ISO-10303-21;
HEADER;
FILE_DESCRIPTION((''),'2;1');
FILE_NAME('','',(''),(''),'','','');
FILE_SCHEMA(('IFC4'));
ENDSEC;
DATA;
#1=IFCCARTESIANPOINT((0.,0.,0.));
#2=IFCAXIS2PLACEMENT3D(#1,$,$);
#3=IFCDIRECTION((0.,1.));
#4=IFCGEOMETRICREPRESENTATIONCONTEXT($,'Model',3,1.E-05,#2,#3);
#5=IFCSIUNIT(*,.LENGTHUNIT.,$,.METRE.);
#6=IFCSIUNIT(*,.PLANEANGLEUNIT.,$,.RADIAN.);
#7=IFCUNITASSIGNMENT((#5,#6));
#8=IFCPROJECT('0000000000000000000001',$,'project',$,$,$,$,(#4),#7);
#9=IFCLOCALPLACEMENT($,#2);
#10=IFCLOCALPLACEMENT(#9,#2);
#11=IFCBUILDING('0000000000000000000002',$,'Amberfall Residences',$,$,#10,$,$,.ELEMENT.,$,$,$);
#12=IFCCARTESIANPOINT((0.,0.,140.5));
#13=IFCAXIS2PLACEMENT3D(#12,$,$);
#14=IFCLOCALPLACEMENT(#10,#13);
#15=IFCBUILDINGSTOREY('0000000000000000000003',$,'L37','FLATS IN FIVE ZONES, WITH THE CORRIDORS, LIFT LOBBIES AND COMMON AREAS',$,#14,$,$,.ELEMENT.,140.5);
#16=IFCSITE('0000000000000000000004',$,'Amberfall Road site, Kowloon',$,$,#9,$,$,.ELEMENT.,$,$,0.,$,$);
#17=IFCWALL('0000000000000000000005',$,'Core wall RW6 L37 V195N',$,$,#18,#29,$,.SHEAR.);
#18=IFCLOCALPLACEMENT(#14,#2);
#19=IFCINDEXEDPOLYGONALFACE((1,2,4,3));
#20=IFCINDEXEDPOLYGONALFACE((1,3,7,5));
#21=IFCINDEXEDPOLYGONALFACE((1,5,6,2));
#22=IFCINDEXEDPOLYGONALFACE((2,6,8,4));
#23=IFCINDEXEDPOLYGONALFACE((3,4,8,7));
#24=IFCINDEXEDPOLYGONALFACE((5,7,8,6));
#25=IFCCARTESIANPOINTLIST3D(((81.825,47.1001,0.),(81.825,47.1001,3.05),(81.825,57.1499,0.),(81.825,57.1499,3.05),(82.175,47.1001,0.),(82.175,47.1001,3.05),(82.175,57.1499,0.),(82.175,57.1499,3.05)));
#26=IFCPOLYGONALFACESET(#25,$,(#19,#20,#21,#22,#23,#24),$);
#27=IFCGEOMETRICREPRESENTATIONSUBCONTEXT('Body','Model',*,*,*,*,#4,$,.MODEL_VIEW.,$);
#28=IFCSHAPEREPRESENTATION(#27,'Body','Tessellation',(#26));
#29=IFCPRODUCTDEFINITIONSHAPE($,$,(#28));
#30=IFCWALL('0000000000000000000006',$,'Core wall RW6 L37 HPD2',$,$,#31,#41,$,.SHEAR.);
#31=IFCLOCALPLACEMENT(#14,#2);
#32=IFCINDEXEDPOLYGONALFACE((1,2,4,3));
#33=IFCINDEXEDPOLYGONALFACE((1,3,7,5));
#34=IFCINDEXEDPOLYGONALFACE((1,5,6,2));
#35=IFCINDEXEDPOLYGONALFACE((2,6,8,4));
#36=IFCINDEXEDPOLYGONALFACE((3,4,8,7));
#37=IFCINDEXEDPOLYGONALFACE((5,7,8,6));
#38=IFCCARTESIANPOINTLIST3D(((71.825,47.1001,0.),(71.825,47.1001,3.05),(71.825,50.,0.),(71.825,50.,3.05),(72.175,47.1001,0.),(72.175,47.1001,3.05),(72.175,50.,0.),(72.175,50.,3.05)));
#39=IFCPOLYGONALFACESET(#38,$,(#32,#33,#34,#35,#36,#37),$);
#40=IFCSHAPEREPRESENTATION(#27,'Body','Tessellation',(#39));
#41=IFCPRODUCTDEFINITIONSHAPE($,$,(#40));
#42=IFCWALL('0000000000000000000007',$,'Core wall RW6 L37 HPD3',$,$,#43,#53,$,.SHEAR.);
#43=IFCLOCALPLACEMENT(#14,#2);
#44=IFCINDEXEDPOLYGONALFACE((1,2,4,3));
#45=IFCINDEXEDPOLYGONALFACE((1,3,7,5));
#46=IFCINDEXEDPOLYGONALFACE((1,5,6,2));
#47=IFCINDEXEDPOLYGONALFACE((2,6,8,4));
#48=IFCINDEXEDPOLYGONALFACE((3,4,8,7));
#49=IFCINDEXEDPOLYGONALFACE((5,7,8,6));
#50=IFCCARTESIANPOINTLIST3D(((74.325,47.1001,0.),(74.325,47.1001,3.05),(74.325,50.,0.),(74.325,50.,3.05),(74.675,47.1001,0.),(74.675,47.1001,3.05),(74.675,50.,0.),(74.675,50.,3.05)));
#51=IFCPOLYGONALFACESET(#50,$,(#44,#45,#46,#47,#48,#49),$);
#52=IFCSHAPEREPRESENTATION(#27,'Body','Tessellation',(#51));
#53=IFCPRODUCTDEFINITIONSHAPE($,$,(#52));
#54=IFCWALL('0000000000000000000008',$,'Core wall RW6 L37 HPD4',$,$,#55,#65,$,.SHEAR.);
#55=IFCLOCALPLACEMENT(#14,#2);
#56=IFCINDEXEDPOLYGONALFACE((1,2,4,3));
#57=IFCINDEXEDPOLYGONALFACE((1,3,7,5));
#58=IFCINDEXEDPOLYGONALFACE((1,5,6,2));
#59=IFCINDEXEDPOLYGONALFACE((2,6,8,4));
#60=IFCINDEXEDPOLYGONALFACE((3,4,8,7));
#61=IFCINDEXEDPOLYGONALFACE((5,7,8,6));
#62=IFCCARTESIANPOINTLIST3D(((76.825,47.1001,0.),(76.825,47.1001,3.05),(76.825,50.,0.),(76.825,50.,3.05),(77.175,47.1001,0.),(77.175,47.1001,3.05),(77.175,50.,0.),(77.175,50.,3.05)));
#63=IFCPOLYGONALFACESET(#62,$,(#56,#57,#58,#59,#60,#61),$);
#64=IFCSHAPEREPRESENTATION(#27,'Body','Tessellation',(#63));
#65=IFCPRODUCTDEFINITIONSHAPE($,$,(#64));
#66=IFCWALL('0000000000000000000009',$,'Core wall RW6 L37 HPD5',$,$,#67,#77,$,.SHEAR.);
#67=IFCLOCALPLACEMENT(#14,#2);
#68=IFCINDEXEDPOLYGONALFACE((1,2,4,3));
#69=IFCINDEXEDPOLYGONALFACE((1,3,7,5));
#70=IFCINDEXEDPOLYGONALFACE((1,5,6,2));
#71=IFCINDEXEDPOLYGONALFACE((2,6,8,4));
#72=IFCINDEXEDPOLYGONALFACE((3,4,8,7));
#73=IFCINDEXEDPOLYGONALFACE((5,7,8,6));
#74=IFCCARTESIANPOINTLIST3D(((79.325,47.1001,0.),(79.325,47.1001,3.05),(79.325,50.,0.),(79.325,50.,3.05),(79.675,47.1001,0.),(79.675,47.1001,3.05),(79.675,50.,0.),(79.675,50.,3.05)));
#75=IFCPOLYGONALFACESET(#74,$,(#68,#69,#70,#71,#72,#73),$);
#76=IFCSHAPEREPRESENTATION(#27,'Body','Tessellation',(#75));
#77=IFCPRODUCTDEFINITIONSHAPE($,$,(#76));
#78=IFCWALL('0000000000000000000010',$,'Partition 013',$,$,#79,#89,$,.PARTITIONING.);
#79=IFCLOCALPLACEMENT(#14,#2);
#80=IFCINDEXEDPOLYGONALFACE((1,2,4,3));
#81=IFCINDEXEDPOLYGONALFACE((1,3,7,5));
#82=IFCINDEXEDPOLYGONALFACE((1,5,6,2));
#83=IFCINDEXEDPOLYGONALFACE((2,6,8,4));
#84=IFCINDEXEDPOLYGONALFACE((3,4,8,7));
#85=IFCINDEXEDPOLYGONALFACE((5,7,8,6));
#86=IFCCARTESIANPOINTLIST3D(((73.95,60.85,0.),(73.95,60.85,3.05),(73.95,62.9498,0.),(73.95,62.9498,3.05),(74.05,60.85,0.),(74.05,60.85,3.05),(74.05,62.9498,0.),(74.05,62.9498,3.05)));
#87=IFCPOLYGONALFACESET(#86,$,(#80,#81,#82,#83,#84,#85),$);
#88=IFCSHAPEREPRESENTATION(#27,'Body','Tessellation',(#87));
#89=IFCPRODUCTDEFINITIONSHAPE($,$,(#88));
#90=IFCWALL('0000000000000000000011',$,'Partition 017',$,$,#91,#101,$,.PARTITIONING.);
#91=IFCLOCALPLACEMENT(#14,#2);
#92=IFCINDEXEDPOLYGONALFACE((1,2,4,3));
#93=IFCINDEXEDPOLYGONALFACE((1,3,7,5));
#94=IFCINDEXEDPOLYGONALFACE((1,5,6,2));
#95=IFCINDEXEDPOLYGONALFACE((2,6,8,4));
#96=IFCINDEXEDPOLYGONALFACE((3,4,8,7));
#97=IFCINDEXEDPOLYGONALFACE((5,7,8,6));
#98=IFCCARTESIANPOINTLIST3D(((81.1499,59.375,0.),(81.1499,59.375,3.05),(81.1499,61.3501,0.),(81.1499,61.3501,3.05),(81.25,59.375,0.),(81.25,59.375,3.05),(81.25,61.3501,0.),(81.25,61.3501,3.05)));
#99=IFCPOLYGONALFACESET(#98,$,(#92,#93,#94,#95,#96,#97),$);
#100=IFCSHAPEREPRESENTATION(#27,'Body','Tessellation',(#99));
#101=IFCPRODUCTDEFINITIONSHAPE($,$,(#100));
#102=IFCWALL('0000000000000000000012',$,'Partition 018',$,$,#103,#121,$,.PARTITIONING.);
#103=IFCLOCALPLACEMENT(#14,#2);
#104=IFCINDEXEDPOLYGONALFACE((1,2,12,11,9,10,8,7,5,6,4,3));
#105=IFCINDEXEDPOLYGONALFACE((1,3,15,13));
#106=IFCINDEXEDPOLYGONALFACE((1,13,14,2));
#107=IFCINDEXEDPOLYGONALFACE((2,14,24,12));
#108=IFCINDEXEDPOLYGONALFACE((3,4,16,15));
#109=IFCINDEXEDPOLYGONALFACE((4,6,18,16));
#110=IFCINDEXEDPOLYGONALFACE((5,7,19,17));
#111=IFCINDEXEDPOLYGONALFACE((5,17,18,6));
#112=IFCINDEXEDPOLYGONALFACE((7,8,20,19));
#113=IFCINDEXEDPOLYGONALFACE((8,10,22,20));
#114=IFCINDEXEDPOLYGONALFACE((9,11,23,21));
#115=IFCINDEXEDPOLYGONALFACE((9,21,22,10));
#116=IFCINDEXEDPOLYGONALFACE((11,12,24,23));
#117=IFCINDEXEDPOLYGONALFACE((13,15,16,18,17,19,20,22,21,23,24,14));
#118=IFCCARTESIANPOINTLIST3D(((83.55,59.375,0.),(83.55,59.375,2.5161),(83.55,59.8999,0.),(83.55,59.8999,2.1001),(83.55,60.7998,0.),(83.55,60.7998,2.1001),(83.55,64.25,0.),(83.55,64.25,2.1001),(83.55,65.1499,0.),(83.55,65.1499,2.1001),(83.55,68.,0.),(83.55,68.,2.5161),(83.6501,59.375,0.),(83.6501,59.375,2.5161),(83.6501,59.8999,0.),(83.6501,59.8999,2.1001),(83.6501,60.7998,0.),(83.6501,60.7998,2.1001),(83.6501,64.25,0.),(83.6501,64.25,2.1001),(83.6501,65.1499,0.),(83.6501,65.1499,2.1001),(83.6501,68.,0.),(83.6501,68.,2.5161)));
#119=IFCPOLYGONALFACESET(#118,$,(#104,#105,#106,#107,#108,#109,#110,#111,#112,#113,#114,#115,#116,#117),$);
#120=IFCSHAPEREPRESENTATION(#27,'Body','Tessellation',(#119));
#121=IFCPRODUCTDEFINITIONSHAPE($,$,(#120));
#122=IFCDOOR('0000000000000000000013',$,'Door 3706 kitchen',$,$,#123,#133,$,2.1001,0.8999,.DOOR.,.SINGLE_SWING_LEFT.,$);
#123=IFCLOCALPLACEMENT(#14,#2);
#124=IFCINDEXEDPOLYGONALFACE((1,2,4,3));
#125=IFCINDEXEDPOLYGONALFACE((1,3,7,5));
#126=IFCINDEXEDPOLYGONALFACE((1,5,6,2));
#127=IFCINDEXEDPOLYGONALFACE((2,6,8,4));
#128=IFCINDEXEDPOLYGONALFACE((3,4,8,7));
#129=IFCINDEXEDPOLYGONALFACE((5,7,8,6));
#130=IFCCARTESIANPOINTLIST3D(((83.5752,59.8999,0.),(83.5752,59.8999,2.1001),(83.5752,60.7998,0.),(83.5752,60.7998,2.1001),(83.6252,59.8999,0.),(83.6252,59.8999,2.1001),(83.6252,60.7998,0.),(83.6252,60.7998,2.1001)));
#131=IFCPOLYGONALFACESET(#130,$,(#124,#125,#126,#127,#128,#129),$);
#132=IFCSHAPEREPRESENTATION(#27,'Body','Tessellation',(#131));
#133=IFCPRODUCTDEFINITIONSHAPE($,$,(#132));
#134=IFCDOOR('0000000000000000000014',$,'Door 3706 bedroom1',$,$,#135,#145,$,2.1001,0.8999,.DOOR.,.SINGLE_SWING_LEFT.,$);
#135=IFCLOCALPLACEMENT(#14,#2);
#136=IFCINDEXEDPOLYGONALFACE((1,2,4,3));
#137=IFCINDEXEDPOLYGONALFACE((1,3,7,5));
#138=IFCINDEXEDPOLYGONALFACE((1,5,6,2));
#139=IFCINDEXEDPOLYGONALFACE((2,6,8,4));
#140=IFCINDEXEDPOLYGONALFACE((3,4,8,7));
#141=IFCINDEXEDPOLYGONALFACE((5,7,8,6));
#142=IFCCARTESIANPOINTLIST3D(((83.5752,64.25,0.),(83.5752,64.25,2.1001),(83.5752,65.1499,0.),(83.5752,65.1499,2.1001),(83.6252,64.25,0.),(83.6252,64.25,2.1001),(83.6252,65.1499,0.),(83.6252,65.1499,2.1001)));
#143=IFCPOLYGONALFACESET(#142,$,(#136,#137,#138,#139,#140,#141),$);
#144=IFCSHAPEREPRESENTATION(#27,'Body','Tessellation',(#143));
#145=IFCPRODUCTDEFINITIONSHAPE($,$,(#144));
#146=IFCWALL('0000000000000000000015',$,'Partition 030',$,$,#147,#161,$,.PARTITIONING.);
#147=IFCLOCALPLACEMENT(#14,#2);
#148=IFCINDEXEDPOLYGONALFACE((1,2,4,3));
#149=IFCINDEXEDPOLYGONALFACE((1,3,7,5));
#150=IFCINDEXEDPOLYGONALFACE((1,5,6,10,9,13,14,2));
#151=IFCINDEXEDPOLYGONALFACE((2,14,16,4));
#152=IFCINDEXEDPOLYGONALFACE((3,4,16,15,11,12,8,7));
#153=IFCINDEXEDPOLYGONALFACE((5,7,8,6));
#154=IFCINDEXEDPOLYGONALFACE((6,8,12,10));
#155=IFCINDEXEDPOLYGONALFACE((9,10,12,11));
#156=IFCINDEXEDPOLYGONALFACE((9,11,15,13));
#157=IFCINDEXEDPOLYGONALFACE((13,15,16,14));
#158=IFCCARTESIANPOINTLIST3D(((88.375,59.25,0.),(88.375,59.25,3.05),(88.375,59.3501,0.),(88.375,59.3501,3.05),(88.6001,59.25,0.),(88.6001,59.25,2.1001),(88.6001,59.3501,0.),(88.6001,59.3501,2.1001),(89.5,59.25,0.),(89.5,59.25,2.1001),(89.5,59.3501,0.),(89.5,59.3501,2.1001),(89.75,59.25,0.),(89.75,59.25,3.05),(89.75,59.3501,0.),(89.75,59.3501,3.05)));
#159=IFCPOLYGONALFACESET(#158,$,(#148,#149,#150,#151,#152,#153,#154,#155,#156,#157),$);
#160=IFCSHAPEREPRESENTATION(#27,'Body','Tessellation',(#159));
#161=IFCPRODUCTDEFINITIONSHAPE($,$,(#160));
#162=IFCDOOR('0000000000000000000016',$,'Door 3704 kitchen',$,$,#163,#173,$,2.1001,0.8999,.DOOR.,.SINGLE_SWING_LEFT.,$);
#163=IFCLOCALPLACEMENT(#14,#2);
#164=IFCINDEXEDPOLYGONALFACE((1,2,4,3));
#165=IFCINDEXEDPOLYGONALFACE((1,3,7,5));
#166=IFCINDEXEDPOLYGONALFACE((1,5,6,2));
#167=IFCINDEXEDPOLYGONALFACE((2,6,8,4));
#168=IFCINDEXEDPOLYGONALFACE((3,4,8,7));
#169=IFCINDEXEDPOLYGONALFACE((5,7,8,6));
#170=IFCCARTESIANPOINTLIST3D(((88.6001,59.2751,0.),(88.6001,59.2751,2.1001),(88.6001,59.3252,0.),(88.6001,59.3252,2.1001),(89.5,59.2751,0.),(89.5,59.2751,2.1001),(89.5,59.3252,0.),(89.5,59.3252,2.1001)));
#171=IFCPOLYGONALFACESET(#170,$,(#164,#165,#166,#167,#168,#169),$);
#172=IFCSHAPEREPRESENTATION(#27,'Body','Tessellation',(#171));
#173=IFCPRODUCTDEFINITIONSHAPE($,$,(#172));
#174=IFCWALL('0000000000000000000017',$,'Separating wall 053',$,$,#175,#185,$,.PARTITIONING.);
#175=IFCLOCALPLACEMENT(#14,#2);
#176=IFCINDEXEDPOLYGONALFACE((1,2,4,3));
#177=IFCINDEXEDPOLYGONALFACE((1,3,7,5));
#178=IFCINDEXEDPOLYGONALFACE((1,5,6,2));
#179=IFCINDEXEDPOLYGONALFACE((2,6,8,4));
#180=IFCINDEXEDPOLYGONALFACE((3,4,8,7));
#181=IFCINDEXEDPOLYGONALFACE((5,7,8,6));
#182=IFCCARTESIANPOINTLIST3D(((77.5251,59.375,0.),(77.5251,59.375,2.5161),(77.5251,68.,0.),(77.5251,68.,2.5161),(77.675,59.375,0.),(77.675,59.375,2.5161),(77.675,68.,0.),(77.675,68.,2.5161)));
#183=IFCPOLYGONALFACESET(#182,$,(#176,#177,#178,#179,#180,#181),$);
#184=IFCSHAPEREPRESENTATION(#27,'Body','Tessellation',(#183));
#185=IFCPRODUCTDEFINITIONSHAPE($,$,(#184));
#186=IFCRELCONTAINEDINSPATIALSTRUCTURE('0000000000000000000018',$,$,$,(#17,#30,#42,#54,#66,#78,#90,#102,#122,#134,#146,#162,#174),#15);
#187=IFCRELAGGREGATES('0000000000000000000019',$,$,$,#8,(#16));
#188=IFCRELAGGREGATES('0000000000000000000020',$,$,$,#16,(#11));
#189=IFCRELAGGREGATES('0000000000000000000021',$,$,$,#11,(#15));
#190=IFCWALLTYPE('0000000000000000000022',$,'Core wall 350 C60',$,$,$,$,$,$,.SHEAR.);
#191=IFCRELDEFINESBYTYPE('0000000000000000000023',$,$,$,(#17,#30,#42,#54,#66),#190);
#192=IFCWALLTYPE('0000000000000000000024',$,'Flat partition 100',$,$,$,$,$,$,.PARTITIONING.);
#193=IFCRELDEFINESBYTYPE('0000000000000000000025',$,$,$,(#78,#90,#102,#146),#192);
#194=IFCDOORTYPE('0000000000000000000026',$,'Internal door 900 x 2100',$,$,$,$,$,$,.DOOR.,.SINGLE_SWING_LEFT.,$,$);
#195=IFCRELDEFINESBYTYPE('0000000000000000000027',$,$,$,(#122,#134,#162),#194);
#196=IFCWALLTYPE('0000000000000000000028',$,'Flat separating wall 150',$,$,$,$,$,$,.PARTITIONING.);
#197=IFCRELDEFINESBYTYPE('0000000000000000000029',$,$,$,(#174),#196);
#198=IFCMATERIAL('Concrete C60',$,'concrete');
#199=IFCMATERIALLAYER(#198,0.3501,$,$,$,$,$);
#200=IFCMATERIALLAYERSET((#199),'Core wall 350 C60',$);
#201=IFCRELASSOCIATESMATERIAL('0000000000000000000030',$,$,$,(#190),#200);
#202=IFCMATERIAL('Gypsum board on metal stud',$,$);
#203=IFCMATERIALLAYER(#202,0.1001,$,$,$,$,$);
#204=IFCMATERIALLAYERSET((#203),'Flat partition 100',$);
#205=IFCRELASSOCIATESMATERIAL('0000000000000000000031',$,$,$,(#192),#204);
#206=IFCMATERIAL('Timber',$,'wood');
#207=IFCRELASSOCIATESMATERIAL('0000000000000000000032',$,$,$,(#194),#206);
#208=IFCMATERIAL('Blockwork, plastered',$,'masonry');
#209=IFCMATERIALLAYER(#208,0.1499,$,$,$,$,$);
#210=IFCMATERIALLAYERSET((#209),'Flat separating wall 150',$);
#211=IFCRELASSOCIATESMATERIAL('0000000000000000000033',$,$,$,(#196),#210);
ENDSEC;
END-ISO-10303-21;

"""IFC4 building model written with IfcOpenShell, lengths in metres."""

from ifc_helpers import new_model, si_unit, direction, frame, frame_2d, origin, place, context, subcontext, project, spatial, rectangle, extrude, material, layer, layer_set, type_object, element, fill, save


model = new_model("IFC4")

# Units and contexts
model_context = context("Model", 3, precision=1e-05, world=origin(), true_north=direction((0.0, 1.0)))
body_context = subcontext(model_context, "Body", "Model", "MODEL_VIEW")
ifc_project = project(units=[si_unit("LENGTHUNIT", "METRE"), si_unit("PLANEANGLEUNIT", "RADIAN")], contexts=[model_context])

# Site, building, storey
site_placement = place(None, origin())
site = spatial("IfcSite", under=ifc_project, at=site_placement, Name="Amberfall Road site, Kowloon", CompositionType="ELEMENT", RefElevation=0.0)
building_placement = place(site_placement, origin())
building = spatial("IfcBuilding", under=site, at=building_placement, Name="Amberfall Residences", CompositionType="ELEMENT")
storey_placement = place(building_placement, frame((0.0, 0.0, 140.5)))
storey = spatial("IfcBuildingStorey", under=building, at=storey_placement, Name="L37", Description="FLATS IN FIVE ZONES, WITH THE CORRIDORS, LIFT LOBBIES AND COMMON AREAS", CompositionType="ELEMENT", Elevation=140.5)

# Walls
ifc_material_1 = material(Name="Concrete C60", Category="concrete")
ifc_layer_1 = layer(ifc_material_1, 0.3501)
ifc_layer_set_1 = layer_set([ifc_layer_1], Name="Core wall 350 C60")
wall_type_1 = type_object("IfcWallType", Name="Core wall 350 C60", PredefinedType="SHEAR", material=ifc_layer_set_1)
wall_1_placement = place(storey_placement, frame((82.0, 47.1001, 0.0), z_axis=(0.0, 0.0, 1.0), x_axis=(0.0, 1.0, 0.0)))
element("IfcWall", 1, at=wall_1_placement, inside=storey, type_object=wall_type_1, Name="Core wall RW6 L37 V195N", PredefinedType="SHEAR", context=body_context, shape_type="SweptSolid", body=[
    extrude(rectangle(XDim=10.0498, YDim=0.3501, at=frame_2d((5.0249, 0.0))), origin(), (0.0, 0.0, 1.0), 3.05),
])
for number, where, z_axis, x_axis, name in (
    (2, (72.0, 47.1001, 0.0), (0.0, 0.0, 1.0), (0.0, 1.0, 0.0), "Core wall RW6 L37 HPD2"),
    (3, (74.5, 47.1001, 0.0), (0.0, 0.0, 1.0), (0.0, 1.0, 0.0), "Core wall RW6 L37 HPD3"),
    (4, (77.0, 47.1001, 0.0), (0.0, 0.0, 1.0), (0.0, 1.0, 0.0), "Core wall RW6 L37 HPD4"),
    (5, (79.5, 47.1001, 0.0), (0.0, 0.0, 1.0), (0.0, 1.0, 0.0), "Core wall RW6 L37 HPD5"),
):
    element("IfcWall", number, at=place(storey_placement, frame(where, z_axis=z_axis, x_axis=x_axis)), inside=storey, type_object=wall_type_1, Name=name, PredefinedType="SHEAR", context=body_context, shape_type="SweptSolid", body=[
        extrude(rectangle(XDim=2.8999, YDim=0.3501, at=frame_2d((1.45, 0.0))), origin(), (0.0, 0.0, 1.0), 3.05),
    ])
ifc_material_2 = material(Name="Gypsum board on metal stud")
ifc_layer_2 = layer(ifc_material_2, 0.1001)
ifc_layer_set_2 = layer_set([ifc_layer_2], Name="Flat partition 100")
wall_type_2 = type_object("IfcWallType", Name="Flat partition 100", PredefinedType="PARTITIONING", material=ifc_layer_set_2)
wall_2_placement = place(storey_placement, frame((74.0, 60.8501, 0.0), z_axis=(0.0, 0.0, 1.0), x_axis=(0.0, 1.0, 0.0)))
element("IfcWall", 6, at=wall_2_placement, inside=storey, type_object=wall_type_2, Name="Partition 013", PredefinedType="PARTITIONING", context=body_context, shape_type="SweptSolid", body=[
    extrude(rectangle(XDim=2.0999, YDim=0.1001, at=frame_2d((1.0498, 0.0))), origin(), (0.0, 0.0, 1.0), 3.05),
])
wall_3_placement = place(storey_placement, frame((81.2, 59.375, 0.0), z_axis=(0.0, 0.0, 1.0), x_axis=(0.0, 1.0, 0.0)))
element("IfcWall", 7, at=wall_3_placement, inside=storey, type_object=wall_type_2, Name="Partition 017", PredefinedType="PARTITIONING", context=body_context, shape_type="SweptSolid", body=[
    extrude(rectangle(XDim=1.9751, YDim=0.1001, at=frame_2d((0.9875, 0.0))), origin(), (0.0, 0.0, 1.0), 3.05),
])

# Wall, openings, doors
wall_4_placement = place(storey_placement, frame((83.6001, 59.375, 0.0), z_axis=(0.0, 0.0, 1.0), x_axis=(0.0, 1.0, 0.0)))
wall_4 = element("IfcWall", 8, at=wall_4_placement, inside=storey, type_object=wall_type_2, Name="Partition 018", PredefinedType="PARTITIONING", context=body_context, shape_type="SweptSolid", body=[
    extrude(rectangle(XDim=8.625, YDim=0.1001, at=frame_2d((4.3125, 0.0))), origin(), (0.0, 0.0, 1.0), 2.5161),
])
opening_1_placement = place(wall_4_placement, frame((0.5249, 0.0, 0.0)))
opening_1 = element("IfcOpeningElement", 9, at=opening_1_placement, cuts=wall_4, PredefinedType="OPENING", context=body_context, shape_type="SweptSolid", body=[
    extrude(rectangle(XDim=0.8999, YDim=2.1001, at=frame_2d((0.45, 1.05))), frame((0.0, 0.0601, 0.0), z_axis=(0.0, -1.0, 0.0), x_axis=(1.0, 0.0, 0.0)), (0.0, 0.0, 1.0), 0.1201),
])
opening_2_placement = place(wall_4_placement, frame((4.875, 0.0, 0.0)))
opening_2 = element("IfcOpeningElement", 10, at=opening_2_placement, cuts=wall_4, PredefinedType="OPENING", context=body_context, shape_type="SweptSolid", body=[
    extrude(rectangle(XDim=0.8999, YDim=2.1001, at=frame_2d((0.45, 1.05))), frame((0.0, 0.0601, 0.0), z_axis=(0.0, -1.0, 0.0), x_axis=(1.0, 0.0, 0.0)), (0.0, 0.0, 1.0), 0.1201),
])
ifc_material_3 = material(Name="Timber", Category="wood")
door_type_1 = type_object("IfcDoorType", Name="Internal door 900 x 2100", OperationType="SINGLE_SWING_LEFT", PredefinedType="DOOR", material=ifc_material_3)
door_1_placement = place(opening_1_placement, origin())
door_1 = element("IfcDoor", 11, at=door_1_placement, inside=storey, type_object=door_type_1, Name="Door 3706 kitchen", OperationType="SINGLE_SWING_LEFT", OverallHeight=2.1001, OverallWidth=0.8999, PredefinedType="DOOR", context=body_context, shape_type="SweptSolid", body=[
    extrude(rectangle(XDim=0.8999, YDim=2.1001, at=frame_2d((0.45, 1.05))), frame((0.0, 0.0249, 0.0), z_axis=(0.0, -1.0, 0.0), x_axis=(1.0, 0.0, 0.0)), (0.0, 0.0, 1.0), 0.05),
])
fill(opening_1, door_1)
door_2_placement = place(opening_2_placement, origin())
door_2 = element("IfcDoor", 12, at=door_2_placement, inside=storey, type_object=door_type_1, Name="Door 3706 bedroom1", OperationType="SINGLE_SWING_LEFT", OverallHeight=2.1001, OverallWidth=0.8999, PredefinedType="DOOR", context=body_context, shape_type="SweptSolid", body=[
    extrude(rectangle(XDim=0.8999, YDim=2.1001, at=frame_2d((0.45, 1.05))), frame((0.0, 0.0249, 0.0), z_axis=(0.0, -1.0, 0.0), x_axis=(1.0, 0.0, 0.0)), (0.0, 0.0, 1.0), 0.05),
])
fill(opening_2, door_2)

# Wall, opening, door
wall_5_placement = place(storey_placement, frame((89.75, 59.3, 0.0), z_axis=(0.0, 0.0, 1.0), x_axis=(-1.0, 0.0, 0.0)))
wall_5 = element("IfcWall", 13, at=wall_5_placement, inside=storey, type_object=wall_type_2, Name="Partition 030", PredefinedType="PARTITIONING", context=body_context, shape_type="SweptSolid", body=[
    extrude(rectangle(XDim=1.375, YDim=0.1001, at=frame_2d((0.6875, 0.0))), origin(), (0.0, 0.0, 1.0), 3.05),
])
opening_3_placement = place(wall_5_placement, frame((0.25, 0.0, 0.0)))
opening_3 = element("IfcOpeningElement", 14, at=opening_3_placement, cuts=wall_5, PredefinedType="OPENING", context=body_context, shape_type="SweptSolid", body=[
    extrude(rectangle(XDim=0.8999, YDim=2.1001, at=frame_2d((0.45, 1.05))), frame((0.0, 0.0601, 0.0), z_axis=(0.0, -1.0, 0.0), x_axis=(1.0, 0.0, 0.0)), (0.0, 0.0, 1.0), 0.1201),
])
door_3_placement = place(opening_3_placement, origin())
door_3 = element("IfcDoor", 15, at=door_3_placement, inside=storey, type_object=door_type_1, Name="Door 3704 kitchen", OperationType="SINGLE_SWING_LEFT", OverallHeight=2.1001, OverallWidth=0.8999, PredefinedType="DOOR", context=body_context, shape_type="SweptSolid", body=[
    extrude(rectangle(XDim=0.8999, YDim=2.1001, at=frame_2d((0.45, 1.05))), frame((0.0, 0.0249, 0.0), z_axis=(0.0, -1.0, 0.0), x_axis=(1.0, 0.0, 0.0)), (0.0, 0.0, 1.0), 0.05),
])
fill(opening_3, door_3)

# Wall
ifc_material_4 = material(Name="Blockwork, plastered", Category="masonry")
ifc_layer_3 = layer(ifc_material_4, 0.1499)
ifc_layer_set_3 = layer_set([ifc_layer_3], Name="Flat separating wall 150")
wall_type_3 = type_object("IfcWallType", Name="Flat separating wall 150", PredefinedType="PARTITIONING", material=ifc_layer_set_3)
wall_6_placement = place(storey_placement, frame((77.6001, 59.375, 0.0), z_axis=(0.0, 0.0, 1.0), x_axis=(0.0, 1.0, 0.0)))
element("IfcWall", 16, at=wall_6_placement, inside=storey, type_object=wall_type_3, Name="Separating wall 053", PredefinedType="PARTITIONING", context=body_context, shape_type="SweptSolid", body=[
    extrude(rectangle(XDim=8.625, YDim=0.1499, at=frame_2d((4.3125, 0.0))), origin(), (0.0, 0.0, 1.0), 2.5161),
])

save(model, "model.ifc")
